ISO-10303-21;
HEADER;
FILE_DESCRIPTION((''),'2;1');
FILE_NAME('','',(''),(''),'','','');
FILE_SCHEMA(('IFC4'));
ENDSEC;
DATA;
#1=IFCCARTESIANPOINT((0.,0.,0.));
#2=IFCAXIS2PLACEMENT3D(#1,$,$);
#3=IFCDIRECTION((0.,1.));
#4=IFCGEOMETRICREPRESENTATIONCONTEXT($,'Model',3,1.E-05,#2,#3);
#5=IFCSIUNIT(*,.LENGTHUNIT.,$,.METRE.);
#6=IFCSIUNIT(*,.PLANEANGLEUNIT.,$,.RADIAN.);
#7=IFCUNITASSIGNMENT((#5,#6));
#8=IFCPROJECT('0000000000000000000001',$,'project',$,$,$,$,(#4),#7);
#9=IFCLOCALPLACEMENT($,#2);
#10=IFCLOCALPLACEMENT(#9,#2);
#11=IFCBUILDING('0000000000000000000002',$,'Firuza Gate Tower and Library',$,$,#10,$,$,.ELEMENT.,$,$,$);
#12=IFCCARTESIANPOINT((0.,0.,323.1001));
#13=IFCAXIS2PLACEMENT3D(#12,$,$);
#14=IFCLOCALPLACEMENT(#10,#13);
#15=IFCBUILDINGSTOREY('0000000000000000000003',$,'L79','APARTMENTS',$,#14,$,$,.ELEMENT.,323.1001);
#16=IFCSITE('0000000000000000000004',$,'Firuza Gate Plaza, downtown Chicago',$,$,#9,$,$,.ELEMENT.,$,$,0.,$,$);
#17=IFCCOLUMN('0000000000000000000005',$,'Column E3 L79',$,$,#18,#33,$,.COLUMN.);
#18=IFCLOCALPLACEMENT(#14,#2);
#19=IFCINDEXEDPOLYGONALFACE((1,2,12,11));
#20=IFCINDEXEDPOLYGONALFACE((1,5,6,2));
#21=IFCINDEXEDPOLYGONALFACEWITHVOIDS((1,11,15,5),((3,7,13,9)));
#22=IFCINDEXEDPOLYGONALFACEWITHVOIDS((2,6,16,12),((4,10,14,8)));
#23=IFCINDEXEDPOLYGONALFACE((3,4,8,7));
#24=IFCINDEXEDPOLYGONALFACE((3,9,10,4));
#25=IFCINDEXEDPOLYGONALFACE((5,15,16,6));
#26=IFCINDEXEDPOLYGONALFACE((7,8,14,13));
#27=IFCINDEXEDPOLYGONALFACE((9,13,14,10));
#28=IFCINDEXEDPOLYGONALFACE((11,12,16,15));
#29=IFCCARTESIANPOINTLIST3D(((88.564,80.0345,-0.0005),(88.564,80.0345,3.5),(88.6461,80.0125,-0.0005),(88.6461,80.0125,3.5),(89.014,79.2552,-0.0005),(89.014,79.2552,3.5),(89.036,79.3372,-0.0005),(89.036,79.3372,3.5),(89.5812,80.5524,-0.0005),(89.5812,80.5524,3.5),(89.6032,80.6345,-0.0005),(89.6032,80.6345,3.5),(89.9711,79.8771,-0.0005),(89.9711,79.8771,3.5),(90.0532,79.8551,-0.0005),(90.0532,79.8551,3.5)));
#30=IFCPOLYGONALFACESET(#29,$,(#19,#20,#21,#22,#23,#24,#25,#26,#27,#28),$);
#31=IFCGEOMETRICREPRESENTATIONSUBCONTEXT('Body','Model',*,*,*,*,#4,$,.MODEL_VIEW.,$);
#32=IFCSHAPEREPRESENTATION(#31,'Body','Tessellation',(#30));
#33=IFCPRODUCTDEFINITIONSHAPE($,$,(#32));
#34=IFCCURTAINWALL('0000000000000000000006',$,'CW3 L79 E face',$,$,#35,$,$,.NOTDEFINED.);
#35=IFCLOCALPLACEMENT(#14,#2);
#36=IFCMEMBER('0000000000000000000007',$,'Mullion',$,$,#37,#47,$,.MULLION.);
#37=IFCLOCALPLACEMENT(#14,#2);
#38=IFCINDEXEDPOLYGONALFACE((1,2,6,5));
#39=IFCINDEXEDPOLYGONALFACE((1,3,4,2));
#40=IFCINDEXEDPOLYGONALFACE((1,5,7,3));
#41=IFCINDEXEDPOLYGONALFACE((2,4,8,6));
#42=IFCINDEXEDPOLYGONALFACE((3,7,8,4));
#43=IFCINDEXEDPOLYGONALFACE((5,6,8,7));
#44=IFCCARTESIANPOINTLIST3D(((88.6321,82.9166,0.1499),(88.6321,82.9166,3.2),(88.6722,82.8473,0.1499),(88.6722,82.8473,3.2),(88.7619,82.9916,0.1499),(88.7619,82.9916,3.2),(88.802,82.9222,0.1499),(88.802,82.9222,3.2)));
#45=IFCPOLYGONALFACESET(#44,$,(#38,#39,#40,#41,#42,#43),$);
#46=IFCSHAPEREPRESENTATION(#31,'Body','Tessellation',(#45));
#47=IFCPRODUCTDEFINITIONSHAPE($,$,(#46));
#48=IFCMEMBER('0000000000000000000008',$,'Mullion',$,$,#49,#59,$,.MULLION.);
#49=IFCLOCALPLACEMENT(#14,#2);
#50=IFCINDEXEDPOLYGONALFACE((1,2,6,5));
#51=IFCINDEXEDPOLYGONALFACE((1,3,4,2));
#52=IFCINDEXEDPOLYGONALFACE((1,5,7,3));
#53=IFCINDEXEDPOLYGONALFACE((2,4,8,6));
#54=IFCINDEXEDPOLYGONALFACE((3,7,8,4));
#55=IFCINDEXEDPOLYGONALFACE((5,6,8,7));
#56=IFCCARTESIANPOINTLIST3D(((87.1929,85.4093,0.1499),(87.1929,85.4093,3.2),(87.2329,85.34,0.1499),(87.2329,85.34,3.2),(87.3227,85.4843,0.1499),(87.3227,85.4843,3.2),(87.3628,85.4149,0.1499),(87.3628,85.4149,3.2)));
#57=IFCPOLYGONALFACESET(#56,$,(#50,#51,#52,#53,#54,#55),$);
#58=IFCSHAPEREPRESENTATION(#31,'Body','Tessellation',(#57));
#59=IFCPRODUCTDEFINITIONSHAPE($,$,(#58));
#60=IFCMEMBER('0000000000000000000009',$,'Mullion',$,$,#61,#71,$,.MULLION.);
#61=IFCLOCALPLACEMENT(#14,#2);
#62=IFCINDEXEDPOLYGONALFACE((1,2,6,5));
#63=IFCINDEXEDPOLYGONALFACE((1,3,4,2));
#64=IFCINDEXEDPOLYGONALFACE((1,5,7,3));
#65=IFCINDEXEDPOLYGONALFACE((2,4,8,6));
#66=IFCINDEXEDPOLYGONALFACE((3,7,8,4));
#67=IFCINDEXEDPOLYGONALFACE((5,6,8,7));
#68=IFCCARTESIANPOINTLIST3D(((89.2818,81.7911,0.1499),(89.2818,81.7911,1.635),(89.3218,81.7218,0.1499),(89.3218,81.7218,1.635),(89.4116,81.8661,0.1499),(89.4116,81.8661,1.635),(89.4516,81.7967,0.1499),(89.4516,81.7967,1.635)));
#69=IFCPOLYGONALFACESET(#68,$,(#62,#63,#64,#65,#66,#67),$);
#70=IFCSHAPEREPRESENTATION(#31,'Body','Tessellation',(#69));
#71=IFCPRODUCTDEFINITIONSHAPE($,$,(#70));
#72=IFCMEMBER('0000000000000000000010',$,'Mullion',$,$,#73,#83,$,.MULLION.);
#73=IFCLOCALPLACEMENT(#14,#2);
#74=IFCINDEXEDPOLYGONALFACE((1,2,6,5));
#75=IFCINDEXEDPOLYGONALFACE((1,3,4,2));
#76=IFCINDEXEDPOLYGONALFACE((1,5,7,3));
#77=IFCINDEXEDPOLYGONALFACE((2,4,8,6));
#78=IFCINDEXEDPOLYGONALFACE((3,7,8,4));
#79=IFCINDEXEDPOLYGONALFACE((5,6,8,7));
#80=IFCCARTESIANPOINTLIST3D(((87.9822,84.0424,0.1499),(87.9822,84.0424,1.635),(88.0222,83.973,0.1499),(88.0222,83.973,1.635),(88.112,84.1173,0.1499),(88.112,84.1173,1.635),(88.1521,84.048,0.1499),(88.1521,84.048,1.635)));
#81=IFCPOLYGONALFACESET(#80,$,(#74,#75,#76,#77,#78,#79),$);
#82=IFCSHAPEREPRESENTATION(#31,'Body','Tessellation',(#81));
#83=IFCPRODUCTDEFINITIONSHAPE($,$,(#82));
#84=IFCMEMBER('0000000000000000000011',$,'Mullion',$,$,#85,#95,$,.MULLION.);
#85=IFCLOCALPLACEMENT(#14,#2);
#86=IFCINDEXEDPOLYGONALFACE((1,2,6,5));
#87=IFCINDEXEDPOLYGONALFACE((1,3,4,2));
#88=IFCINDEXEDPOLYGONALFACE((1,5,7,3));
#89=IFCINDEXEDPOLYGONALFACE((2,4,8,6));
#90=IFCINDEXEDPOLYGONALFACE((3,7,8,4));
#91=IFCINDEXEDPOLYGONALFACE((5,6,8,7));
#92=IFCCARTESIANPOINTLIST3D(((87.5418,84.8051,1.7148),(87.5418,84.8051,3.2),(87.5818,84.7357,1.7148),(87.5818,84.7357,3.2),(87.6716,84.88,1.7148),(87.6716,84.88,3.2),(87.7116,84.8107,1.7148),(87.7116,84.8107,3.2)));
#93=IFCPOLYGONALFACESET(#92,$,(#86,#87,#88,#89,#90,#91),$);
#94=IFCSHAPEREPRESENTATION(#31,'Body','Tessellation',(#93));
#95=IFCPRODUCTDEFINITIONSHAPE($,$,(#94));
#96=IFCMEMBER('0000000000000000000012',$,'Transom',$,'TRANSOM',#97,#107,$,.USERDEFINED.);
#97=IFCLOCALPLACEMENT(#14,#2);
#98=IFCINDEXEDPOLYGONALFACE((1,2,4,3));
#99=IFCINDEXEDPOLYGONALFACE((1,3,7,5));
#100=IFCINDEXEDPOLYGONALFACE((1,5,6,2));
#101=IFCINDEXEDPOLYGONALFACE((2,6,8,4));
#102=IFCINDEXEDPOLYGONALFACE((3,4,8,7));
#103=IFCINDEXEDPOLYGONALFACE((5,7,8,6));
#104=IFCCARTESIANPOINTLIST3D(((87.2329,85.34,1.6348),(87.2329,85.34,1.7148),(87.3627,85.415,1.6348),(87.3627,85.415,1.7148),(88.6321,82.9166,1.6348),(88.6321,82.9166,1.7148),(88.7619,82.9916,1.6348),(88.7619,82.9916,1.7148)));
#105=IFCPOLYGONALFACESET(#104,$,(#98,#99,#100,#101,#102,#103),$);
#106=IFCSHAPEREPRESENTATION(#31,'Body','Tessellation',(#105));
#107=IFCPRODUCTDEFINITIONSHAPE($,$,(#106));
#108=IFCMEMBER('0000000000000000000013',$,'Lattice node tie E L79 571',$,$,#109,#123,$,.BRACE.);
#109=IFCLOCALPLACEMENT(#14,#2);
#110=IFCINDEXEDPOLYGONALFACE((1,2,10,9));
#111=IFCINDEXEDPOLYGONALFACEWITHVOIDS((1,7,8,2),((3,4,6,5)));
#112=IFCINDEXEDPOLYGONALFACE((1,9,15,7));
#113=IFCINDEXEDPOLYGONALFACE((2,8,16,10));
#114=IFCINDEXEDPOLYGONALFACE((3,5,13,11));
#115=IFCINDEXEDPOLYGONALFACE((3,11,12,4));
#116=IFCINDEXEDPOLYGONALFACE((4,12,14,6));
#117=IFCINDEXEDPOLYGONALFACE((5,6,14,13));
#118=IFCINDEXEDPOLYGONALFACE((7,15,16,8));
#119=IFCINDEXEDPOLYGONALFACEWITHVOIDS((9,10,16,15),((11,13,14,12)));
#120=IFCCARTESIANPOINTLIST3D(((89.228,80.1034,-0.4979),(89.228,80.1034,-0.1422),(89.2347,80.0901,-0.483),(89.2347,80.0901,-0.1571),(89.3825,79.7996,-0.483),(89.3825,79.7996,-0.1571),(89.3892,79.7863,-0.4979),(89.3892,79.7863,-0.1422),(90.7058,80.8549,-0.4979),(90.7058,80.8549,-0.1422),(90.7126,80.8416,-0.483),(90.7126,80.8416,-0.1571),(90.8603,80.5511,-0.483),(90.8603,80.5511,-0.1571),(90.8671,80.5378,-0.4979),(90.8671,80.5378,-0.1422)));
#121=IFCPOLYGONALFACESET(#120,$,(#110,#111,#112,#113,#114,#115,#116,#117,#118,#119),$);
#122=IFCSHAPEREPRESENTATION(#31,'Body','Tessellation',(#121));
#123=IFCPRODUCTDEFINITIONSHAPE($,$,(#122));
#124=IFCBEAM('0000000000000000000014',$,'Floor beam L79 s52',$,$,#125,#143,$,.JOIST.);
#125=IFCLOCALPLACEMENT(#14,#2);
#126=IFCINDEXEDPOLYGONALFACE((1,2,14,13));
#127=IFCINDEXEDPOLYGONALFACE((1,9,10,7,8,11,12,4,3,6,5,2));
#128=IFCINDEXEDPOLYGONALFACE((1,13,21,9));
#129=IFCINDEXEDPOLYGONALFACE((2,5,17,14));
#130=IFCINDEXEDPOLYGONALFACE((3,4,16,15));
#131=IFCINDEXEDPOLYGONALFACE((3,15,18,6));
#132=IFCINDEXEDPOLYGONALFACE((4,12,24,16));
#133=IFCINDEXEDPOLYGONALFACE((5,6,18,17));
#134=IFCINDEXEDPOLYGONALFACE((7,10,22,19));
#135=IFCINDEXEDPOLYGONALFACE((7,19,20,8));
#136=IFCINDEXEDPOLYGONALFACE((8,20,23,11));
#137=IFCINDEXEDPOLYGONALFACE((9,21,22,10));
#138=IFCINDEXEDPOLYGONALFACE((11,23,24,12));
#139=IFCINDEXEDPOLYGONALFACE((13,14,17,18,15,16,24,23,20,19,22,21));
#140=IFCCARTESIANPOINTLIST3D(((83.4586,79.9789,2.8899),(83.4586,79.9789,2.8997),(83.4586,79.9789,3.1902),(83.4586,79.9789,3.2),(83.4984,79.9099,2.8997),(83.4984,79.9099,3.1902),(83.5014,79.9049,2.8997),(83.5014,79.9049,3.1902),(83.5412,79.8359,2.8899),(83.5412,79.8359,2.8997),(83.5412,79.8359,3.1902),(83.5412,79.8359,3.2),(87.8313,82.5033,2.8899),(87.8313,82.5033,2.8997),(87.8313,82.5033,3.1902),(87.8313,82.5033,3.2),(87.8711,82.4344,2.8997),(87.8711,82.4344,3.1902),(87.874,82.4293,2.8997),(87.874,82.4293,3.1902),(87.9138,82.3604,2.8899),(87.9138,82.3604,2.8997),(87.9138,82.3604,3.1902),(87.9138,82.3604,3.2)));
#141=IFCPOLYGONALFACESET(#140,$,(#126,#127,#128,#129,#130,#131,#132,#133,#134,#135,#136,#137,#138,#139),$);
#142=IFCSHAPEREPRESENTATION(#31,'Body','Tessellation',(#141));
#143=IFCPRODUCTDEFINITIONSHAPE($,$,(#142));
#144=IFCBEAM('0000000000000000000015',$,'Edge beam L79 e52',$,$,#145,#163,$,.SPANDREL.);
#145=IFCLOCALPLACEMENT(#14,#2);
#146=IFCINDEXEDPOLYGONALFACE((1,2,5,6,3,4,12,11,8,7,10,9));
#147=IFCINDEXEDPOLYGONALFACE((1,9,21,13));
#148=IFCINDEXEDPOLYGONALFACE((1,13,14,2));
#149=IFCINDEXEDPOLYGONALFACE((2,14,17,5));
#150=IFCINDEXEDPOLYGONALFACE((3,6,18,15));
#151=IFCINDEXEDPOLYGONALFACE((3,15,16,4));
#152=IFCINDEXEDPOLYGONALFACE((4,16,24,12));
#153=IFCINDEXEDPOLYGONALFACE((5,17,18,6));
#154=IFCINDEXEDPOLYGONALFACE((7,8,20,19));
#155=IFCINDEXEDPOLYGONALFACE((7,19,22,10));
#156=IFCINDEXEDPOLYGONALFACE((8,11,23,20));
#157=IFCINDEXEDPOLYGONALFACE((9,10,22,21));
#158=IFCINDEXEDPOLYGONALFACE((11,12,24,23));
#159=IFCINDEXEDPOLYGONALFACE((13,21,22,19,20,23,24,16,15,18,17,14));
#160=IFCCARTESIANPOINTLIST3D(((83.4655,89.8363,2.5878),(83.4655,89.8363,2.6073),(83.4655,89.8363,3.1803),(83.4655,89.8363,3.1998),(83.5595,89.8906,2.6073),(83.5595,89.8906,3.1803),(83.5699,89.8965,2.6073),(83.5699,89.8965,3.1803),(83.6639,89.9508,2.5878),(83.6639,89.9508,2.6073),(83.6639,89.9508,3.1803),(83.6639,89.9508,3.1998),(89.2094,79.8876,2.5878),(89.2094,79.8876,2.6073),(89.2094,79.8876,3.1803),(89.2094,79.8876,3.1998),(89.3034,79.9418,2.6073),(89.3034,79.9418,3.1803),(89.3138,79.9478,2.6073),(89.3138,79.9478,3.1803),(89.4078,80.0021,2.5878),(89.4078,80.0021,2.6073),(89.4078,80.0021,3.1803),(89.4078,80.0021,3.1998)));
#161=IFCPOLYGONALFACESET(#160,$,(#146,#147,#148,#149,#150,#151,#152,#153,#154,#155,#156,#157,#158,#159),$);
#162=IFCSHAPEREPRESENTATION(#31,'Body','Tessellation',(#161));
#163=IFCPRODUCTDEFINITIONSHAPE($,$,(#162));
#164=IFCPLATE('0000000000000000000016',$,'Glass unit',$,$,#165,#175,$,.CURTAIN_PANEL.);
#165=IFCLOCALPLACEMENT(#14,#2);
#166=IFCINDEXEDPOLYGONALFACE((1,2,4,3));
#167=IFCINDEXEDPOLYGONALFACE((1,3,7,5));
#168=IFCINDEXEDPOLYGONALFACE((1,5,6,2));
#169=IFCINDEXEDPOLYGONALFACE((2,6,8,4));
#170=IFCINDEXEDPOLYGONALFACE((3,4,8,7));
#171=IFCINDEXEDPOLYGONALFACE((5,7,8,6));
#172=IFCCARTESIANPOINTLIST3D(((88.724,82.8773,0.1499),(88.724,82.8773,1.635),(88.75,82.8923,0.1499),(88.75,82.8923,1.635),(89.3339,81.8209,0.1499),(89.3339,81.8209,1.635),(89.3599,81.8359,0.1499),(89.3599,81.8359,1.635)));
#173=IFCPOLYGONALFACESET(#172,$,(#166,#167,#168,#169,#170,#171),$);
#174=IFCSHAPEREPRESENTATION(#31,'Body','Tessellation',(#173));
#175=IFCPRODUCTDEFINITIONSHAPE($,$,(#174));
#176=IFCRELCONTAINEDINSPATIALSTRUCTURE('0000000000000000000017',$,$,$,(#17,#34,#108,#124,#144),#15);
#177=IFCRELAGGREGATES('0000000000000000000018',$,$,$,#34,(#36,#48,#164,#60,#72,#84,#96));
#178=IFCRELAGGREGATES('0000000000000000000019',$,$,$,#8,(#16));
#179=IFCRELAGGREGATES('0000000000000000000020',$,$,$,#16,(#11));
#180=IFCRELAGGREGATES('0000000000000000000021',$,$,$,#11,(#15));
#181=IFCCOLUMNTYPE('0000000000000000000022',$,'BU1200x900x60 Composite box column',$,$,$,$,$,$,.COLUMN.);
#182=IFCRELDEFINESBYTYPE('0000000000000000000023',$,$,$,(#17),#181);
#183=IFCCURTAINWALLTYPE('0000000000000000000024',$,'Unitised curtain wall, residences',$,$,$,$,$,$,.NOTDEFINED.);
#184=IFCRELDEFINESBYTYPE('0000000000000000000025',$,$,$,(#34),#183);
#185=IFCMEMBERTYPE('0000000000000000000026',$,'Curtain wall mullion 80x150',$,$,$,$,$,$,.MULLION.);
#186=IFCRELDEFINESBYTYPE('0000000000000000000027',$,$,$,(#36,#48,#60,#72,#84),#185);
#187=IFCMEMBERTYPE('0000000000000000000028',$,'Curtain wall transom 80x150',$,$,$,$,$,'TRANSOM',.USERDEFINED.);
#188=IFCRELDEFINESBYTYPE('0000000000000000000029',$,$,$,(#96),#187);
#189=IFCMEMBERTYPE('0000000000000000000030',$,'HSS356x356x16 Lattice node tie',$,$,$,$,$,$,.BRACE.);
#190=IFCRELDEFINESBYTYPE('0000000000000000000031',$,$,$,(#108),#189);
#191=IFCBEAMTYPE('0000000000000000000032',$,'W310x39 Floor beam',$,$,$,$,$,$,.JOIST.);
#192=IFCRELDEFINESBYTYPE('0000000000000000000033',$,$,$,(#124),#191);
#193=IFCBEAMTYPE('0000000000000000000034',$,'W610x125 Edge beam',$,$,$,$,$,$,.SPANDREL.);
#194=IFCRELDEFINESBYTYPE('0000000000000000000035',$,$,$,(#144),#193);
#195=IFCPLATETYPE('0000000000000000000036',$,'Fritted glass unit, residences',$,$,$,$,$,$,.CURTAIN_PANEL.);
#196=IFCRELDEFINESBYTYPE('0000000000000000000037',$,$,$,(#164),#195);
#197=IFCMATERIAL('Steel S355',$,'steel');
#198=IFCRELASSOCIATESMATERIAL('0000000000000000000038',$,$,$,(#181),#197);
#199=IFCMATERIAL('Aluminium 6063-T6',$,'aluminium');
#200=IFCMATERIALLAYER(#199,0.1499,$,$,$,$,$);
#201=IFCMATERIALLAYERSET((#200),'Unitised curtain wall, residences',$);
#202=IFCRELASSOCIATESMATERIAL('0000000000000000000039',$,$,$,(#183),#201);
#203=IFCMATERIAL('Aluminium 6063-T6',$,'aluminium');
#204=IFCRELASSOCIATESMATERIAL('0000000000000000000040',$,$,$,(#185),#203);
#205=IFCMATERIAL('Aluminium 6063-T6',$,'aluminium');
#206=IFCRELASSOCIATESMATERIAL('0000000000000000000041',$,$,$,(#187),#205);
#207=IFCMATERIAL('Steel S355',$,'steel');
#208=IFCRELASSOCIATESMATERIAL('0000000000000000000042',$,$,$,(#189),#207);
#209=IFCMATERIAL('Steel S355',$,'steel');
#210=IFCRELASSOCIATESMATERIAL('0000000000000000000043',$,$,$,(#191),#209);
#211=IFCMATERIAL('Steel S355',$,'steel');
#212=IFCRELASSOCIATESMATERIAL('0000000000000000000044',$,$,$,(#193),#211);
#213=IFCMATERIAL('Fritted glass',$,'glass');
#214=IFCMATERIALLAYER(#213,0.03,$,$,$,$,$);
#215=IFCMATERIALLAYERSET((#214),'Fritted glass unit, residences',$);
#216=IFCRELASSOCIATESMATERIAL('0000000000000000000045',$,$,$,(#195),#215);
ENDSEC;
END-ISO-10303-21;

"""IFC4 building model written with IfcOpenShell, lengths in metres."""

from ifc_helpers import new_model, si_unit, direction, frame, origin, origin_2d, place, context, subcontext, project, spatial, polyline, rectangle, hollow_rectangle, i_section, outline, extrude, material, layer, layer_set, material_profile, profile_set, type_object, element, aggregate, save


model = new_model("IFC4")

# Units and contexts
model_context = context("Model", 3, precision=1e-05, world=origin(), true_north=direction((0.0, 1.0)))
body_context = subcontext(model_context, "Body", "Model", "MODEL_VIEW")
ifc_project = project(units=[si_unit("LENGTHUNIT", "METRE"), si_unit("PLANEANGLEUNIT", "RADIAN")], contexts=[model_context])

# Site, building, storey
site_placement = place(None, origin())
site = spatial("IfcSite", under=ifc_project, at=site_placement, Name="Firuza Gate Plaza, downtown Chicago", CompositionType="ELEMENT", RefElevation=0.0)
building_placement = place(site_placement, origin())
building = spatial("IfcBuilding", under=site, at=building_placement, Name="Firuza Gate Tower and Library", CompositionType="ELEMENT")
storey_placement = place(building_placement, frame((0.0, 0.0, 323.1001)))
storey = spatial("IfcBuildingStorey", under=building, at=storey_placement, Name="L79", Description="APARTMENTS", CompositionType="ELEMENT", Elevation=323.1001)

# Column
ifc_material_1 = material(Name="Steel S355", Category="steel")
ifc_material_profile_1 = material_profile(ifc_material_1, hollow_rectangle(XDim=0.8999, YDim=1.2, WallThickness=0.0601, at=origin_2d()))
ifc_profile_set_1 = profile_set([ifc_material_profile_1], Name="Steel S355")
column_type = type_object("IfcColumnType", Name="BU1200x900x60 Composite box column", PredefinedType="COLUMN", material=ifc_profile_set_1)
column_placement = place(storey_placement, frame((89.3086, 79.9448, -0.0005), z_axis=(0.0, 0.0, 1.0), x_axis=(-0.5, 0.866025, 0.0)))
element("IfcColumn", 1, at=column_placement, inside=storey, type_object=column_type, Name="Column E3 L79", PredefinedType="COLUMN", context=body_context, shape_type="SweptSolid", body=[
    extrude(hollow_rectangle(XDim=0.8999, YDim=1.2, WallThickness=0.0601, at=origin_2d()), origin(), (0.0, 0.0, 1.0), 3.5005),
])

# Curtain wall, members
ifc_material_2 = material(Name="Aluminium 6063-T6", Category="aluminium")
ifc_layer_1 = layer(ifc_material_2, 0.1499)
ifc_layer_set_1 = layer_set([ifc_layer_1], Name="Unitised curtain wall, residences")
curtain_wall_type = type_object("IfcCurtainWallType", Name="Unitised curtain wall, residences", PredefinedType="NOTDEFINED", material=ifc_layer_set_1)
curtain_wall_placement = place(storey_placement, origin())
curtain_wall = element("IfcCurtainWall", 2, at=curtain_wall_placement, inside=storey, type_object=curtain_wall_type, Name="CW3 L79 E face", PredefinedType="NOTDEFINED")
ifc_material_3 = material(Name="Aluminium 6063-T6", Category="aluminium")
ifc_material_profile_2 = material_profile(ifc_material_3, rectangle(XDim=0.1499, YDim=0.0801, at=origin_2d()))
ifc_profile_set_2 = profile_set([ifc_material_profile_2], Name="Aluminium 6063-T6")
member_type_1 = type_object("IfcMemberType", Name="Curtain wall mullion 80x150", PredefinedType="MULLION", material=ifc_profile_set_2)
member_1_placement = place(storey_placement, frame((88.717, 82.9194, 0.1499), z_axis=(0.0, 0.0, 1.0), x_axis=(-0.866025, -0.5, 0.0)))
member_1 = element("IfcMember", 3, at=member_1_placement, type_object=member_type_1, Name="Mullion", PredefinedType="MULLION", context=body_context, shape_type="SweptSolid", body=[
    extrude(rectangle(XDim=0.1499, YDim=0.0801, at=origin_2d()), origin(), (0.0, 0.0, 1.0), 3.05),
])
member_2_placement = place(storey_placement, frame((87.2778, 85.4121, 0.1499), z_axis=(0.0, 0.0, 1.0), x_axis=(-0.866025, -0.5, 0.0)))
member_2 = element("IfcMember", 4, at=member_2_placement, type_object=member_type_1, Name="Mullion", PredefinedType="MULLION", context=body_context, shape_type="SweptSolid", body=[
    extrude(rectangle(XDim=0.1499, YDim=0.0801, at=origin_2d()), origin(), (0.0, 0.0, 1.0), 3.05),
])
member_3_placement = place(storey_placement, frame((89.3667, 81.7939, 0.1499), z_axis=(0.0, 0.0, 1.0), x_axis=(-0.866025, -0.5, 0.0)))
member_3 = element("IfcMember", 5, at=member_3_placement, type_object=member_type_1, Name="Mullion", PredefinedType="MULLION", context=body_context, shape_type="SweptSolid", body=[
    extrude(rectangle(XDim=0.1499, YDim=0.0801, at=origin_2d()), origin(), (0.0, 0.0, 1.0), 1.4851),
])
member_4_placement = place(storey_placement, frame((88.0671, 84.0452, 0.1499), z_axis=(0.0, 0.0, 1.0), x_axis=(-0.866025, -0.5, 0.0)))
member_4 = element("IfcMember", 6, at=member_4_placement, type_object=member_type_1, Name="Mullion", PredefinedType="MULLION", context=body_context, shape_type="SweptSolid", body=[
    extrude(rectangle(XDim=0.1499, YDim=0.0801, at=origin_2d()), origin(), (0.0, 0.0, 1.0), 1.4851),
])
member_5_placement = place(storey_placement, frame((87.6267, 84.8079, 1.7148), z_axis=(0.0, 0.0, 1.0), x_axis=(-0.866025, -0.5, 0.0)))
member_5 = element("IfcMember", 7, at=member_5_placement, type_object=member_type_1, Name="Mullion", PredefinedType="MULLION", context=body_context, shape_type="SweptSolid", body=[
    extrude(rectangle(XDim=0.1499, YDim=0.0801, at=origin_2d()), origin(), (0.0, 0.0, 1.0), 1.4851),
])
ifc_material_4 = material(Name="Aluminium 6063-T6", Category="aluminium")
ifc_material_profile_3 = material_profile(ifc_material_4, rectangle(XDim=0.1499, YDim=0.0801, at=origin_2d()))
ifc_profile_set_3 = profile_set([ifc_material_profile_3], Name="Aluminium 6063-T6")
member_type_2 = type_object("IfcMemberType", Name="Curtain wall transom 80x150", ElementType="TRANSOM", PredefinedType="USERDEFINED", material=ifc_profile_set_3)
member_6_placement = place(storey_placement, frame((88.697, 82.9541, 1.6748), z_axis=(-0.500014, 0.866017, 0.0), x_axis=(-0.866017, -0.500014, 0.0)))
member_6 = element("IfcMember", 8, at=member_6_placement, type_object=member_type_2, Name="Transom", ObjectType="TRANSOM", PredefinedType="USERDEFINED", context=body_context, shape_type="SweptSolid", body=[
    extrude(rectangle(XDim=0.1499, YDim=0.0801, at=origin_2d()), origin(), (0.0, 0.0, 1.0), 2.7983),
])

# Member
ifc_material_5 = material(Name="Steel S355", Category="steel")
ifc_material_profile_4 = material_profile(ifc_material_5, hollow_rectangle(XDim=0.3557, YDim=0.3557, WallThickness=0.0149, at=origin_2d()))
ifc_profile_set_4 = profile_set([ifc_material_profile_4], Name="Steel S355")
member_type_3 = type_object("IfcMemberType", Name="HSS356x356x16 Lattice node tie", PredefinedType="BRACE", material=ifc_profile_set_4)
member_7_placement = place(storey_placement, frame((89.3086, 79.9448, -0.3201), z_axis=(0.891373, 0.45327, 0.0), x_axis=(-0.45327, 0.891373, 0.0)))
element("IfcMember", 9, at=member_7_placement, inside=storey, type_object=member_type_3, Name="Lattice node tie E L79 571", PredefinedType="BRACE", context=body_context, shape_type="SweptSolid", body=[
    extrude(hollow_rectangle(XDim=0.3557, YDim=0.3557, WallThickness=0.0149, at=origin_2d()), origin(), (0.0, 0.0, 1.0), 1.658),
])

# Beams
ifc_material_6 = material(Name="Steel S355", Category="steel")
ifc_material_profile_5 = material_profile(ifc_material_6, i_section(OverallWidth=0.165, OverallDepth=0.3101, WebThickness=0.0059, FlangeThickness=0.0098, at=origin_2d()))
ifc_profile_set_5 = profile_set([ifc_material_profile_5], Name="Steel S355")
beam_type_1 = type_object("IfcBeamType", Name="W310x39 Floor beam", PredefinedType="JOIST", material=ifc_profile_set_5)
beam_1_placement = place(storey_placement, frame((87.8726, 82.4319, 3.0449), z_axis=(-0.866033, -0.499988, 0.0), x_axis=(0.499988, -0.866033, 0.0)))
element("IfcBeam", 10, at=beam_1_placement, inside=storey, type_object=beam_type_1, Name="Floor beam L79 s52", PredefinedType="JOIST", context=body_context, shape_type="SweptSolid", body=[
    extrude(i_section(OverallWidth=0.165, OverallDepth=0.3101, WebThickness=0.0059, FlangeThickness=0.0098, at=origin_2d()), origin(), (0.0, 0.0, 1.0), 5.0491),
])
ifc_material_7 = material(Name="Steel S355", Category="steel")
ifc_material_profile_6 = material_profile(ifc_material_7, i_section(OverallWidth=0.229, OverallDepth=0.6121, WebThickness=0.012, FlangeThickness=0.0195, at=origin_2d()))
ifc_profile_set_6 = profile_set([ifc_material_profile_6], Name="Steel S355")
beam_type_2 = type_object("IfcBeamType", Name="W610x125 Edge beam", PredefinedType="SPANDREL", material=ifc_profile_set_6)
beam_2_placement = place(storey_placement, frame((89.3086, 79.9448, 2.8938), z_axis=(-0.5, 0.866026, 0.0), x_axis=(-0.866026, -0.5, 0.0)))
element("IfcBeam", 11, at=beam_2_placement, inside=storey, type_object=beam_type_2, Name="Edge beam L79 e52", PredefinedType="SPANDREL", context=body_context, shape_type="SweptSolid", body=[
    extrude(i_section(OverallWidth=0.229, OverallDepth=0.6121, WebThickness=0.012, FlangeThickness=0.0195, at=origin_2d()), origin(), (0.0, 0.0, 1.0), 11.4878),
])

# Plate
ifc_material_8 = material(Name="Fritted glass", Category="glass")
ifc_layer_2 = layer(ifc_material_8, 0.03)
ifc_layer_set_2 = layer_set([ifc_layer_2], Name="Fritted glass unit, residences")
plate_type_1 = type_object("IfcPlateType", Name="Fritted glass unit, residences", PredefinedType="CURTAIN_PANEL", material=ifc_layer_set_2)
plate_1_placement = place(storey_placement, frame((89.3599, 81.8359, 0.1499), z_axis=(0.866042, 0.499971, 0.0), x_axis=(-0.499971, 0.866042, 0.0)))
plate_1 = element("IfcPlate", 12, at=plate_1_placement, type_object=plate_type_1, Name="Glass unit", PredefinedType="CURTAIN_PANEL", context=body_context, shape_type="SweptSolid", body=[
    extrude(outline(polyline([(0.0, 0.0), (1.2198, 0.0), (1.2198, 1.4851), (0.0, 1.4851), (0.0, 0.0)])), origin(), (0.0, 0.0, -1.0), 0.03),
])
aggregate(curtain_wall, [member_1, member_2, plate_1, member_3, member_4, member_5, member_6])

save(model, "model.ifc")
